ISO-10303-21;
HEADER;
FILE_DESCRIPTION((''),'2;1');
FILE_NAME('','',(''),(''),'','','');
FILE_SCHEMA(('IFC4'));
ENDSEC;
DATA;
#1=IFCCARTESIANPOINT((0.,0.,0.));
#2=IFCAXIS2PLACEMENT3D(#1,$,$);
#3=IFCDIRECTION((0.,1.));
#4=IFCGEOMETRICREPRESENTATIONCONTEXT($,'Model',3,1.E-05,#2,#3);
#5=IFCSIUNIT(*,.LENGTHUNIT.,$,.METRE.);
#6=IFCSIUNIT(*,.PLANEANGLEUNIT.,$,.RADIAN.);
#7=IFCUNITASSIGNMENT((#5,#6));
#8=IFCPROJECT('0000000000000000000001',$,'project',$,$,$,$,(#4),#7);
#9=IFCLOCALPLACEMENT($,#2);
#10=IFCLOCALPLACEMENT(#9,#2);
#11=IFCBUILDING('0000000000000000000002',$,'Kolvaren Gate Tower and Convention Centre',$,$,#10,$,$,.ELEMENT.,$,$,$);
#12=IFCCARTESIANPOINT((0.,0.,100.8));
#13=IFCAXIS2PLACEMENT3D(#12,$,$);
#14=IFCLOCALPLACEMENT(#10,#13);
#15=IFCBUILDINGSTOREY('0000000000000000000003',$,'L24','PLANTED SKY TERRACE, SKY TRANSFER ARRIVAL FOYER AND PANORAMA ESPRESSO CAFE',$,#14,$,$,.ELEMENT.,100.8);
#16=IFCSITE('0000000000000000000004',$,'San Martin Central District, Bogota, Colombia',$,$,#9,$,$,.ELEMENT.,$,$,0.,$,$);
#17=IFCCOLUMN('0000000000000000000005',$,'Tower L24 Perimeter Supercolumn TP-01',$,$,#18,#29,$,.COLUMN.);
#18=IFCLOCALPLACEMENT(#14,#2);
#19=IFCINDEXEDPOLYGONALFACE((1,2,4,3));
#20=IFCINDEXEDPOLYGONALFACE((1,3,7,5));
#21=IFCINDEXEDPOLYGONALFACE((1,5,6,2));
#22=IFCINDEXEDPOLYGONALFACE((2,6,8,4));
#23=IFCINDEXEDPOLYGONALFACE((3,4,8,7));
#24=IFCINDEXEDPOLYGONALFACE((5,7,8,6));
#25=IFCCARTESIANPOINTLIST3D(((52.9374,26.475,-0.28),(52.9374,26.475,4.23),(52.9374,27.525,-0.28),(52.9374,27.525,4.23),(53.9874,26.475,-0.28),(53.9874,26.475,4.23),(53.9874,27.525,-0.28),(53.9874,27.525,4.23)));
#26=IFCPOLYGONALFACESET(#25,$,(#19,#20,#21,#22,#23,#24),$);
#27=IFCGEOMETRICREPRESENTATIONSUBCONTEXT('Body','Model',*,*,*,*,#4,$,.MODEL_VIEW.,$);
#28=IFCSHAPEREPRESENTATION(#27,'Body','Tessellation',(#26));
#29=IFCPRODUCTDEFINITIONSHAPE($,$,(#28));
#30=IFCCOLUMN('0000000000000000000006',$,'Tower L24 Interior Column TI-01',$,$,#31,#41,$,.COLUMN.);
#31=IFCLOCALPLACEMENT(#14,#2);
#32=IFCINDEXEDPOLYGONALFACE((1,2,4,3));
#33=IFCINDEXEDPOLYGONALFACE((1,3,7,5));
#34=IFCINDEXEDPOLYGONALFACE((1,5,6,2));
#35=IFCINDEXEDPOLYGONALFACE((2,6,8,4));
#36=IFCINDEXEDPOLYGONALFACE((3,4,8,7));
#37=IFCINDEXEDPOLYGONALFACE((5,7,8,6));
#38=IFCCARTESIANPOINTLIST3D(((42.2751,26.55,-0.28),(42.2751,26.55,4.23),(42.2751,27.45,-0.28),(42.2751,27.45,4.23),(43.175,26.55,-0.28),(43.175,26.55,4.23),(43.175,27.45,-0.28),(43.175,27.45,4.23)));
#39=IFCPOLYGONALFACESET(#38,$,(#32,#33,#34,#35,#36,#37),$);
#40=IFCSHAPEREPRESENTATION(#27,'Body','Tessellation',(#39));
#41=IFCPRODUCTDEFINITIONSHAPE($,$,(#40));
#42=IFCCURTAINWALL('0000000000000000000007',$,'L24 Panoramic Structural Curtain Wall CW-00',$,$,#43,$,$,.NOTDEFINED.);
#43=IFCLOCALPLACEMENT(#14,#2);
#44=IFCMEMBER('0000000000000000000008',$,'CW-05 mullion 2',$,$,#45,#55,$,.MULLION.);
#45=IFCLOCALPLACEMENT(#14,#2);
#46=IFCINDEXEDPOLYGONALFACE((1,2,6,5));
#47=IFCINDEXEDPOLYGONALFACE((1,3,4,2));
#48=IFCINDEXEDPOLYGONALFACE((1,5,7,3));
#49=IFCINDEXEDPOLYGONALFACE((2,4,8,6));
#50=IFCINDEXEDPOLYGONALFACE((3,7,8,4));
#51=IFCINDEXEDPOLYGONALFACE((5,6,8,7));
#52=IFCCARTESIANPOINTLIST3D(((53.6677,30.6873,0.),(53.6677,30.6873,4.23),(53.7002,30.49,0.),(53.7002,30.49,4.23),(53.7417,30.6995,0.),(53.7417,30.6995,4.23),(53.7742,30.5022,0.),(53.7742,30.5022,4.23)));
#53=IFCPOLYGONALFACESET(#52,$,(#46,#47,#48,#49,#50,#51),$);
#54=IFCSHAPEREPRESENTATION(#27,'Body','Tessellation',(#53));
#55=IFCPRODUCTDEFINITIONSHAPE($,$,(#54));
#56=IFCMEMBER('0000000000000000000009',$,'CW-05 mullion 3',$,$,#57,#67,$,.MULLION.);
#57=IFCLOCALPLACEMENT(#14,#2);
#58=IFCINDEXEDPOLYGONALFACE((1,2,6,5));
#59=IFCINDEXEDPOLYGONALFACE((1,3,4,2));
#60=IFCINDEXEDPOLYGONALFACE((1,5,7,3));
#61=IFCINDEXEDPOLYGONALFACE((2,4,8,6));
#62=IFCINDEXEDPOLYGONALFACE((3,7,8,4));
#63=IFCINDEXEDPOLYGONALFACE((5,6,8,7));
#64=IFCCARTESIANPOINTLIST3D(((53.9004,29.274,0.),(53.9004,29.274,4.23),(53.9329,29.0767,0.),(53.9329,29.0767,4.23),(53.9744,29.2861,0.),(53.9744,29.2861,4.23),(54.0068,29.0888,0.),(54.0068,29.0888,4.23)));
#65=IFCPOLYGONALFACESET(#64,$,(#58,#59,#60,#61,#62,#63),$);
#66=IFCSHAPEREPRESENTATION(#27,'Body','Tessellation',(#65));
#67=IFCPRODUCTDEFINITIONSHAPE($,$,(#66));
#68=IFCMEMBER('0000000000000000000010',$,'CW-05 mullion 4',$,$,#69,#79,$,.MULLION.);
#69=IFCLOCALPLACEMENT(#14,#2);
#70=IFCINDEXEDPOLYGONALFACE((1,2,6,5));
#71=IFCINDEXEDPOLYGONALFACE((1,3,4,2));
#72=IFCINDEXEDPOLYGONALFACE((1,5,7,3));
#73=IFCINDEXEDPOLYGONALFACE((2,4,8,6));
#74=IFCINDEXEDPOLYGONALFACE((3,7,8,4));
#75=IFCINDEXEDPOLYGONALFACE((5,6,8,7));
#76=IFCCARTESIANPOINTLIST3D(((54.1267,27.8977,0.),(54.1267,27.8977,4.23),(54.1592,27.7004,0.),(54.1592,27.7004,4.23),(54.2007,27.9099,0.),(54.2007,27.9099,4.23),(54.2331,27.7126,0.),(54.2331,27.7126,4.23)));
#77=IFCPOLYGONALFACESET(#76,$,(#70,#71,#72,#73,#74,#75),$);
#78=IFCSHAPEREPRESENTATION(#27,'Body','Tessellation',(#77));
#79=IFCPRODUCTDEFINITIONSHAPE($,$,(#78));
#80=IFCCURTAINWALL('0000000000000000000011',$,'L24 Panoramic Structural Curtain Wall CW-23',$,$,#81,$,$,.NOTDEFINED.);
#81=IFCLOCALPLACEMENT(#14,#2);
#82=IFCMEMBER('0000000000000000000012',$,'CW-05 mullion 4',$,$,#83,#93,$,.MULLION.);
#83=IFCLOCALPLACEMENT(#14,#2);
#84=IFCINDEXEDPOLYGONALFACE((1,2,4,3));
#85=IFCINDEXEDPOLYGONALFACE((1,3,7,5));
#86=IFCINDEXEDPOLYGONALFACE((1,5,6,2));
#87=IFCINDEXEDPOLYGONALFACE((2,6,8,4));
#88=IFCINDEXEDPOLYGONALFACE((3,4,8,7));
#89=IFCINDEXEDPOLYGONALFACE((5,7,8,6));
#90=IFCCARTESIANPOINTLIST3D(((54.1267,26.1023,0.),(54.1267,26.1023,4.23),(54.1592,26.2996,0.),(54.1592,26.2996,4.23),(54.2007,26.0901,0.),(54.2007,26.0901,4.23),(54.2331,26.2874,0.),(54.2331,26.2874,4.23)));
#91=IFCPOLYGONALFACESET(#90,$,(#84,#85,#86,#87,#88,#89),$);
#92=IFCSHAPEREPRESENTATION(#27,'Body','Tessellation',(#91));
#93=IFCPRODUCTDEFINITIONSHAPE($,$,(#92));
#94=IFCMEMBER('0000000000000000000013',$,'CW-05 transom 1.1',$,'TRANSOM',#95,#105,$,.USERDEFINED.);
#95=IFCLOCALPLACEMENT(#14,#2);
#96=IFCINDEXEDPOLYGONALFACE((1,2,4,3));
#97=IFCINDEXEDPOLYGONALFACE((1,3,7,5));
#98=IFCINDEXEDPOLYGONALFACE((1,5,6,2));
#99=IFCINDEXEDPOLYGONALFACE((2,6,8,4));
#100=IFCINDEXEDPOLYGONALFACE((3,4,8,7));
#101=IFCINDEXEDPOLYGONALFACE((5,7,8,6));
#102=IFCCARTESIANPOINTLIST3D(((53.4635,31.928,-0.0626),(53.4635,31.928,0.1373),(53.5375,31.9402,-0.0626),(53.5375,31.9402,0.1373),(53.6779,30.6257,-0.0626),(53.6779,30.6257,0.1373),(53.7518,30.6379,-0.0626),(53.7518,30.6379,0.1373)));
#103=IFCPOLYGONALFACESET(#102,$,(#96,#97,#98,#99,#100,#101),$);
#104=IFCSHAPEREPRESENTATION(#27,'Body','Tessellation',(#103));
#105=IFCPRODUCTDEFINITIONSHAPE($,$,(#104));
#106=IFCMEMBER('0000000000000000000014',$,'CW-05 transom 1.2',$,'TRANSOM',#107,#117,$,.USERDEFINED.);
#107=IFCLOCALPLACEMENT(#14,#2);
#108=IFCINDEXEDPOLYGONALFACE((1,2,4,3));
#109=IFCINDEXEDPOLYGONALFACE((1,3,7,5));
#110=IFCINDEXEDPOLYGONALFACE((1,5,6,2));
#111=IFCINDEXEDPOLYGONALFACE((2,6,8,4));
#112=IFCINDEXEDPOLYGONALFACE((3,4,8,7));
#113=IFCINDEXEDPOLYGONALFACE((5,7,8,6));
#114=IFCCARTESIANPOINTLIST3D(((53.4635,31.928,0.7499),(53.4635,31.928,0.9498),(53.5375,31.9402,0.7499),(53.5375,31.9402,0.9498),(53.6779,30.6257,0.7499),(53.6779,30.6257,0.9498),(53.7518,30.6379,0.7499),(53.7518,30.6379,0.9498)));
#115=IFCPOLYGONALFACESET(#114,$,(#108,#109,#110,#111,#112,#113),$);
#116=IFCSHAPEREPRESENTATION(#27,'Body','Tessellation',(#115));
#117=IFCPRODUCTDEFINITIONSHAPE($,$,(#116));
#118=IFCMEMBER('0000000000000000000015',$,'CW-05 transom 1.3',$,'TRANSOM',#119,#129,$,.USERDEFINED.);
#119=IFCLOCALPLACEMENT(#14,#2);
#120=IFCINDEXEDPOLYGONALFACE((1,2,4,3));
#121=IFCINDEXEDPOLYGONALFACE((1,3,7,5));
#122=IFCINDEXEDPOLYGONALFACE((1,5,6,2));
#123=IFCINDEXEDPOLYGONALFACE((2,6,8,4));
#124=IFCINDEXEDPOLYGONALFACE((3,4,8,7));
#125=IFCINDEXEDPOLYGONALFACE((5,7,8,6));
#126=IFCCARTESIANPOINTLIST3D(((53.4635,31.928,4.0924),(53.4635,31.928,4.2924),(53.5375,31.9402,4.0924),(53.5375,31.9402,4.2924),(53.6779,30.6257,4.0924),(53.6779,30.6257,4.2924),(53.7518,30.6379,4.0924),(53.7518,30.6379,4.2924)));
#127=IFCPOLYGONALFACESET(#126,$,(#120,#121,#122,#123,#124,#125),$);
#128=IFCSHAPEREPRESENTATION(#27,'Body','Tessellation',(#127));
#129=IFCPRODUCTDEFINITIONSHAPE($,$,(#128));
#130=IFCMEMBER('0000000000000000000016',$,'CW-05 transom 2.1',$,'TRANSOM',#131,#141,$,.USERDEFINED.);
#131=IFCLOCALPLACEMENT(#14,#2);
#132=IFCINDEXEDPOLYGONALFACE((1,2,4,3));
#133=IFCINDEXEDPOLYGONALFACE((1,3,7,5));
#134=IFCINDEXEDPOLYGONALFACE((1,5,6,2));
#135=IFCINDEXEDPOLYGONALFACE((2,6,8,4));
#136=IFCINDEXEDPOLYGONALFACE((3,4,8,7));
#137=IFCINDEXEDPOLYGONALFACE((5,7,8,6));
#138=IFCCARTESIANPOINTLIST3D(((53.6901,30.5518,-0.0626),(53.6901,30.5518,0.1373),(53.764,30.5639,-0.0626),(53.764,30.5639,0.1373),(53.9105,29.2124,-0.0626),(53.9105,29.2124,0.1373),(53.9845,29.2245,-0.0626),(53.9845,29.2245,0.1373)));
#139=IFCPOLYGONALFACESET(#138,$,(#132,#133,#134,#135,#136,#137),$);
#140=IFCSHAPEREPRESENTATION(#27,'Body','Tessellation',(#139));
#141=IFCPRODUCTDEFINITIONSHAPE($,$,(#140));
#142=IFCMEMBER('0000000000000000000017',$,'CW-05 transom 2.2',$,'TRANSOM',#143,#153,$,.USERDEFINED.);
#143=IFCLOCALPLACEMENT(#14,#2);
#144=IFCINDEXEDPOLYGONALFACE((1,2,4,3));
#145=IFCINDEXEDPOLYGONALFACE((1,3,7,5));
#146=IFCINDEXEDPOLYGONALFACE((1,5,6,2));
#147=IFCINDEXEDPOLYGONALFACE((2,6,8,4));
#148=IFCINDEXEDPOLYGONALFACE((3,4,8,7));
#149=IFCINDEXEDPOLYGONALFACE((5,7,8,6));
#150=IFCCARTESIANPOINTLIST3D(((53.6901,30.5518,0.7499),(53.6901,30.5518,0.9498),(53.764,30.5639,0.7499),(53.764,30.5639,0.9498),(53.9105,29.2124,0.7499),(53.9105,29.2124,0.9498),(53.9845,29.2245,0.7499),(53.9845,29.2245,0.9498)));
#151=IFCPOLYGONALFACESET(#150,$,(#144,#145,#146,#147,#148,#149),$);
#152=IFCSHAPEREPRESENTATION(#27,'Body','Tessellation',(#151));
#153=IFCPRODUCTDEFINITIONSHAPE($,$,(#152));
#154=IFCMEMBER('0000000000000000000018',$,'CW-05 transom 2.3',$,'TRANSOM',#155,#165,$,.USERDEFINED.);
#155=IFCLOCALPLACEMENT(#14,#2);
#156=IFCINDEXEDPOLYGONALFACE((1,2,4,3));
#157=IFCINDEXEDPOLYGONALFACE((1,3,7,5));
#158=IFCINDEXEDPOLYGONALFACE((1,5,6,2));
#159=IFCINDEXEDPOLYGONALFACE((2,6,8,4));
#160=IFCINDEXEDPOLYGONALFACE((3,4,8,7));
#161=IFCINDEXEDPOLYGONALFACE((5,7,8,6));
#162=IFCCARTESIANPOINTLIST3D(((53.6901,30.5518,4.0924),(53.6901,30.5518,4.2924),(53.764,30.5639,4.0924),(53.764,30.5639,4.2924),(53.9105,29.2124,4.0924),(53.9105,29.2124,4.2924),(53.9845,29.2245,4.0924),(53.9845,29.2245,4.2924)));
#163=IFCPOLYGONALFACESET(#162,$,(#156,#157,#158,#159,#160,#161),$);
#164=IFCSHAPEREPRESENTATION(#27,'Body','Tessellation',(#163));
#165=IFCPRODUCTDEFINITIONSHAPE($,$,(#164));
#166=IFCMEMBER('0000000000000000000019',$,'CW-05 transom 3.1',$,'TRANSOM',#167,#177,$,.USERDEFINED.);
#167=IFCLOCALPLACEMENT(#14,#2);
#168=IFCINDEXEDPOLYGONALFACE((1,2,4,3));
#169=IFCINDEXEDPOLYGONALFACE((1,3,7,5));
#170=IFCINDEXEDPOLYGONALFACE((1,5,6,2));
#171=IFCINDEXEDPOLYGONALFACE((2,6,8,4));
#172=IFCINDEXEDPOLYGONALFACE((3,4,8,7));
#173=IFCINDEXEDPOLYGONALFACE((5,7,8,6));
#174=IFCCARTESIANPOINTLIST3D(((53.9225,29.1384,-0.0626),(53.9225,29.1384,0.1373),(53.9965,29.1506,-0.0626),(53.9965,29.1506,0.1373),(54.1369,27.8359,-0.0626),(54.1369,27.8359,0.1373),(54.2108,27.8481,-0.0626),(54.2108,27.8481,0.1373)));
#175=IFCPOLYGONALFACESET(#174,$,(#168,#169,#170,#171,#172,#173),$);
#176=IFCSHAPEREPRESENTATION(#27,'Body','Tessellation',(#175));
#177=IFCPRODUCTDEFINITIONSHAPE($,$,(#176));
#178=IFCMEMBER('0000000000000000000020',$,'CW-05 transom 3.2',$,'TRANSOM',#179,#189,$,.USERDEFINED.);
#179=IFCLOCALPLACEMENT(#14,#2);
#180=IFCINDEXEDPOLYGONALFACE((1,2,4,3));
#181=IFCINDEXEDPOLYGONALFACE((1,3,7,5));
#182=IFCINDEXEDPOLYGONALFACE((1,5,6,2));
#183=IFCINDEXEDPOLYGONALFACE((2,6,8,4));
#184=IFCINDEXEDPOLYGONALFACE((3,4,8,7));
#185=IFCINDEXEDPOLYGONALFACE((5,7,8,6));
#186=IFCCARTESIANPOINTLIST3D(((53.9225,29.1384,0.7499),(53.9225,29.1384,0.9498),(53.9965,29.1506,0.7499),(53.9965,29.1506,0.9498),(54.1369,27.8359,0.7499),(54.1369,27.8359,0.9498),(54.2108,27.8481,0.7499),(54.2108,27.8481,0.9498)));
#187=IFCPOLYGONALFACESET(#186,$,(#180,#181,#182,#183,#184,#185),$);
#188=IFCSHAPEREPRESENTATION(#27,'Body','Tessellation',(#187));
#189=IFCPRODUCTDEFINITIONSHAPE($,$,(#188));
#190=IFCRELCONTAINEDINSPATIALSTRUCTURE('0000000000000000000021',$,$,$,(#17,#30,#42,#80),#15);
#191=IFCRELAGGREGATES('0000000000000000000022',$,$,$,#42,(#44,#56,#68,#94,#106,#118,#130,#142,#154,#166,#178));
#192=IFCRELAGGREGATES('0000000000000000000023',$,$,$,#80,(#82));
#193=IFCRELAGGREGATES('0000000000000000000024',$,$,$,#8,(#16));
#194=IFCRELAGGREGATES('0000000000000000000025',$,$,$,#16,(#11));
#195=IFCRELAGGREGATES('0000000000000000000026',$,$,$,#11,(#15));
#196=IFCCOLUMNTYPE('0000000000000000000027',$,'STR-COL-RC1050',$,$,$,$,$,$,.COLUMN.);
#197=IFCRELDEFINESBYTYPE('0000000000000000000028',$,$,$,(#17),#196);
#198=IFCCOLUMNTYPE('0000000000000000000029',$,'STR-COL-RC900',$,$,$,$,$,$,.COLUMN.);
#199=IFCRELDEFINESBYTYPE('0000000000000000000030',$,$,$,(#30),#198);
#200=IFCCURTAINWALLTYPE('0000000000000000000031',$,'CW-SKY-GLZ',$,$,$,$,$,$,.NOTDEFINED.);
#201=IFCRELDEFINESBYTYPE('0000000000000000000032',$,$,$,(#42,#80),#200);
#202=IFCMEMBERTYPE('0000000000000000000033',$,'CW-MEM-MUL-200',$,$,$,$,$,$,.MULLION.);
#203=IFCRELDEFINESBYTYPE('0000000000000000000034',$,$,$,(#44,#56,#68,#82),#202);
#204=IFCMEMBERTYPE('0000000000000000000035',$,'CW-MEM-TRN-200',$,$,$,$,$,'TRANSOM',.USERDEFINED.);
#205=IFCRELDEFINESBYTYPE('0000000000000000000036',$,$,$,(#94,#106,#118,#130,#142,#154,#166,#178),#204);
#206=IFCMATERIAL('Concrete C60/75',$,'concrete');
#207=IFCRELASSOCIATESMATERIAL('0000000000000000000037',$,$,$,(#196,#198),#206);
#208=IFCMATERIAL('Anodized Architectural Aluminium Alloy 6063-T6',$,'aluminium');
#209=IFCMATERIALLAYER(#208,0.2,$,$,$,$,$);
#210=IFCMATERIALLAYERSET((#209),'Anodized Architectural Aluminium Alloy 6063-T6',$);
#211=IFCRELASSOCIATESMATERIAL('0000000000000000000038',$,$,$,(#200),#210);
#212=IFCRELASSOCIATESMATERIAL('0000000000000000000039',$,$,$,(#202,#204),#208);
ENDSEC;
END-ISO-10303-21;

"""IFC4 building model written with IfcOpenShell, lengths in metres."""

from ifc_helpers import new_model, si_unit, direction, frame, origin, origin_2d, place, context, subcontext, project, spatial, rectangle, extrude, material, layer, layer_set, material_profile, profile_set, type_object, element, aggregate, save


model = new_model("IFC4")

# Units and contexts
model_context = context("Model", 3, precision=1e-05, world=origin(), true_north=direction((0.0, 1.0)))
body_context = subcontext(model_context, "Body", "Model", "MODEL_VIEW")
ifc_project = project(units=[si_unit("LENGTHUNIT", "METRE"), si_unit("PLANEANGLEUNIT", "RADIAN")], contexts=[model_context])

# Site, building, storey
site_placement = place(None, origin())
site = spatial("IfcSite", under=ifc_project, at=site_placement, Name="San Martin Central District, Bogota, Colombia", CompositionType="ELEMENT", RefElevation=0.0)
building_placement = place(site_placement, origin())
building = spatial("IfcBuilding", under=site, at=building_placement, Name="Kolvaren Gate Tower and Convention Centre", CompositionType="ELEMENT")
storey_placement = place(building_placement, frame((0.0, 0.0, 100.8)))
storey = spatial("IfcBuildingStorey", under=building, at=storey_placement, Name="L24", Description="PLANTED SKY TERRACE, SKY TRANSFER ARRIVAL FOYER AND PANORAMA ESPRESSO CAFE", CompositionType="ELEMENT", Elevation=100.8)

# Columns
ifc_material_1 = material(Name="Concrete C60/75", Category="concrete")
ifc_material_profile_1 = material_profile(ifc_material_1, rectangle(XDim=1.05, YDim=1.05, at=origin_2d()), Name="RC-COL-1050X1050")
ifc_profile_set_1 = profile_set([ifc_material_profile_1], Name="Concrete C60/75")
column_type_1 = type_object("IfcColumnType", Name="STR-COL-RC1050", PredefinedType="COLUMN", material=ifc_profile_set_1)
column_1_placement = place(storey_placement, frame((53.4624, 27.0, -0.28), z_axis=(0.0, 0.0, 1.0), x_axis=(1.0, 0.0, 0.0)))
element("IfcColumn", 1, at=column_1_placement, inside=storey, type_object=column_type_1, Name="Tower L24 Perimeter Supercolumn TP-01", PredefinedType="COLUMN", context=body_context, shape_type="SweptSolid", body=[
    extrude(rectangle(XDim=1.05, YDim=1.05, at=origin_2d()), origin(), (0.0, 0.0, 1.0), 4.51),
])
ifc_material_profile_2 = material_profile(ifc_material_1, rectangle(XDim=0.8999, YDim=0.8999, at=origin_2d()), Name="RC-COL-900X900")
ifc_profile_set_2 = profile_set([ifc_material_profile_2], Name="Concrete C60/75")
column_type_2 = type_object("IfcColumnType", Name="STR-COL-RC900", PredefinedType="COLUMN", material=ifc_profile_set_2)
column_2_placement = place(storey_placement, frame((42.7251, 27.0, -0.28), z_axis=(0.0, 0.0, 1.0), x_axis=(1.0, 0.0, 0.0)))
element("IfcColumn", 2, at=column_2_placement, inside=storey, type_object=column_type_2, Name="Tower L24 Interior Column TI-01", PredefinedType="COLUMN", context=body_context, shape_type="SweptSolid", body=[
    extrude(rectangle(XDim=0.8999, YDim=0.8999, at=origin_2d()), origin(), (0.0, 0.0, 1.0), 4.51),
])

# Curtain wall, members
ifc_material_2 = material(Name="Anodized Architectural Aluminium Alloy 6063-T6", Category="aluminium")
ifc_layer_1 = layer(ifc_material_2, 0.2)
ifc_layer_set_1 = layer_set([ifc_layer_1], Name="Anodized Architectural Aluminium Alloy 6063-T6")
curtain_wall_type = type_object("IfcCurtainWallType", Name="CW-SKY-GLZ", PredefinedType="NOTDEFINED", material=ifc_layer_set_1)
curtain_wall_1_placement = place(storey_placement, origin())
curtain_wall_1 = element("IfcCurtainWall", 3, at=curtain_wall_1_placement, inside=storey, type_object=curtain_wall_type, Name="L24 Panoramic Structural Curtain Wall CW-00", PredefinedType="NOTDEFINED")
ifc_material_profile_3 = material_profile(ifc_material_2, rectangle(XDim=0.075, YDim=0.2, at=origin_2d()), Name="CW-MEM-MUL-200")
ifc_profile_set_3 = profile_set([ifc_material_profile_3], Name="Anodized Architectural Aluminium Alloy 6063-T6")
member_type_1 = type_object("IfcMemberType", Name="CW-MEM-MUL-200", PredefinedType="MULLION", material=ifc_profile_set_3)
member_1_placement = place(storey_placement, frame((53.7209, 30.5947, 0.0), z_axis=(0.0, 0.0, 1.0), x_axis=(0.986726, 0.162391, 0.0)))
member_1 = element("IfcMember", 4, at=member_1_placement, type_object=member_type_1, Name="CW-05 mullion 2", PredefinedType="MULLION", context=body_context, shape_type="SweptSolid", body=[
    extrude(rectangle(XDim=0.075, YDim=0.2, at=origin_2d()), origin(), (0.0, 0.0, 1.0), 4.23),
])
member_2_placement = place(storey_placement, frame((53.9536, 29.1814, 0.0), z_axis=(0.0, 0.0, 1.0), x_axis=(0.986726, 0.162391, 0.0)))
member_2 = element("IfcMember", 5, at=member_2_placement, type_object=member_type_1, Name="CW-05 mullion 3", PredefinedType="MULLION", context=body_context, shape_type="SweptSolid", body=[
    extrude(rectangle(XDim=0.075, YDim=0.2, at=origin_2d()), origin(), (0.0, 0.0, 1.0), 4.23),
])
member_3_placement = place(storey_placement, frame((54.1799, 27.8052, 0.0), z_axis=(0.0, 0.0, 1.0), x_axis=(0.986726, 0.162391, 0.0)))
member_3 = element("IfcMember", 6, at=member_3_placement, type_object=member_type_1, Name="CW-05 mullion 4", PredefinedType="MULLION", context=body_context, shape_type="SweptSolid", body=[
    extrude(rectangle(XDim=0.075, YDim=0.2, at=origin_2d()), origin(), (0.0, 0.0, 1.0), 4.23),
])

# Curtain wall, member
curtain_wall_2_placement = place(storey_placement, origin())
curtain_wall_2 = element("IfcCurtainWall", 7, at=curtain_wall_2_placement, inside=storey, type_object=curtain_wall_type, Name="L24 Panoramic Structural Curtain Wall CW-23", PredefinedType="NOTDEFINED")
member_4_placement = place(storey_placement, frame((54.1799, 26.1948, 0.0), z_axis=(0.0, 0.0, 1.0), x_axis=(-0.986726, 0.162391, 0.0)))
member_4 = element("IfcMember", 8, at=member_4_placement, type_object=member_type_1, Name="CW-05 mullion 4", PredefinedType="MULLION", context=body_context, shape_type="SweptSolid", body=[
    extrude(rectangle(XDim=0.075, YDim=0.2, at=origin_2d()), origin(), (0.0, 0.0, 1.0), 4.23),
])

# Members
ifc_material_profile_4 = material_profile(ifc_material_2, rectangle(XDim=0.075, YDim=0.2, at=origin_2d()), Name="CW-MEM-TRN-200")
ifc_profile_set_4 = profile_set([ifc_material_profile_4], Name="Anodized Architectural Aluminium Alloy 6063-T6")
member_type_2 = type_object("IfcMemberType", Name="CW-MEM-TRN-200", ElementType="TRANSOM", PredefinedType="USERDEFINED", material=ifc_profile_set_4)
member_5_placement = place(storey_placement, frame((53.5005, 31.9341, 0.0374), z_axis=(0.162419, -0.986722, 0.0), x_axis=(0.986722, 0.162419, 0.0)))
member_5 = element("IfcMember", 9, at=member_5_placement, type_object=member_type_2, Name="CW-05 transom 1.1", ObjectType="TRANSOM", PredefinedType="USERDEFINED", context=body_context, shape_type="SweptSolid", body=[
    extrude(rectangle(XDim=0.075, YDim=0.2, at=origin_2d()), origin(), (0.0, 0.0, 1.0), 1.3198),
])
member_6_placement = place(storey_placement, frame((53.5005, 31.9341, 0.8499), z_axis=(0.162419, -0.986722, 0.0), x_axis=(0.986722, 0.162419, 0.0)))
member_6 = element("IfcMember", 10, at=member_6_placement, type_object=member_type_2, Name="CW-05 transom 1.2", ObjectType="TRANSOM", PredefinedType="USERDEFINED", context=body_context, shape_type="SweptSolid", body=[
    extrude(rectangle(XDim=0.075, YDim=0.2, at=origin_2d()), origin(), (0.0, 0.0, 1.0), 1.3198),
])
member_7_placement = place(storey_placement, frame((53.5005, 31.9341, 4.1924), z_axis=(0.162419, -0.986722, 0.0), x_axis=(0.986722, 0.162419, 0.0)))
member_7 = element("IfcMember", 11, at=member_7_placement, type_object=member_type_2, Name="CW-05 transom 1.3", ObjectType="TRANSOM", PredefinedType="USERDEFINED", context=body_context, shape_type="SweptSolid", body=[
    extrude(rectangle(XDim=0.075, YDim=0.2, at=origin_2d()), origin(), (0.0, 0.0, 1.0), 1.3198),
])
member_8_placement = place(storey_placement, frame((53.7271, 30.5579, 0.0374), z_axis=(0.162415, -0.986722, 0.0), x_axis=(0.986722, 0.162415, 0.0)))
member_8 = element("IfcMember", 12, at=member_8_placement, type_object=member_type_2, Name="CW-05 transom 2.1", ObjectType="TRANSOM", PredefinedType="USERDEFINED", context=body_context, shape_type="SweptSolid", body=[
    extrude(rectangle(XDim=0.075, YDim=0.2, at=origin_2d()), origin(), (0.0, 0.0, 1.0), 1.3574),
])
member_9_placement = place(storey_placement, frame((53.7271, 30.5579, 0.8499), z_axis=(0.162415, -0.986722, 0.0), x_axis=(0.986722, 0.162415, 0.0)))
member_9 = element("IfcMember", 13, at=member_9_placement, type_object=member_type_2, Name="CW-05 transom 2.2", ObjectType="TRANSOM", PredefinedType="USERDEFINED", context=body_context, shape_type="SweptSolid", body=[
    extrude(rectangle(XDim=0.075, YDim=0.2, at=origin_2d()), origin(), (0.0, 0.0, 1.0), 1.3574),
])
member_10_placement = place(storey_placement, frame((53.7271, 30.5579, 4.1924), z_axis=(0.162415, -0.986722, 0.0), x_axis=(0.986722, 0.162415, 0.0)))
member_10 = element("IfcMember", 14, at=member_10_placement, type_object=member_type_2, Name="CW-05 transom 2.3", ObjectType="TRANSOM", PredefinedType="USERDEFINED", context=body_context, shape_type="SweptSolid", body=[
    extrude(rectangle(XDim=0.075, YDim=0.2, at=origin_2d()), origin(), (0.0, 0.0, 1.0), 1.3574),
])
member_11_placement = place(storey_placement, frame((53.9595, 29.1445, 0.0374), z_axis=(0.162389, -0.986727, 0.0), x_axis=(0.986727, 0.162389, 0.0)))
member_11 = element("IfcMember", 15, at=member_11_placement, type_object=member_type_2, Name="CW-05 transom 3.1", ObjectType="TRANSOM", PredefinedType="USERDEFINED", context=body_context, shape_type="SweptSolid", body=[
    extrude(rectangle(XDim=0.075, YDim=0.2, at=origin_2d()), origin(), (0.0, 0.0, 1.0), 1.3201),
])
member_12_placement = place(storey_placement, frame((53.9595, 29.1445, 0.8499), z_axis=(0.162389, -0.986727, 0.0), x_axis=(0.986727, 0.162389, 0.0)))
member_12 = element("IfcMember", 16, at=member_12_placement, type_object=member_type_2, Name="CW-05 transom 3.2", ObjectType="TRANSOM", PredefinedType="USERDEFINED", context=body_context, shape_type="SweptSolid", body=[
    extrude(rectangle(XDim=0.075, YDim=0.2, at=origin_2d()), origin(), (0.0, 0.0, 1.0), 1.3201),
])

aggregate(curtain_wall_1, [member_1, member_2, member_3, member_5, member_6, member_7, member_8, member_9, member_10, member_11, member_12])
aggregate(curtain_wall_2, [member_4])

save(model, "model.ifc")
